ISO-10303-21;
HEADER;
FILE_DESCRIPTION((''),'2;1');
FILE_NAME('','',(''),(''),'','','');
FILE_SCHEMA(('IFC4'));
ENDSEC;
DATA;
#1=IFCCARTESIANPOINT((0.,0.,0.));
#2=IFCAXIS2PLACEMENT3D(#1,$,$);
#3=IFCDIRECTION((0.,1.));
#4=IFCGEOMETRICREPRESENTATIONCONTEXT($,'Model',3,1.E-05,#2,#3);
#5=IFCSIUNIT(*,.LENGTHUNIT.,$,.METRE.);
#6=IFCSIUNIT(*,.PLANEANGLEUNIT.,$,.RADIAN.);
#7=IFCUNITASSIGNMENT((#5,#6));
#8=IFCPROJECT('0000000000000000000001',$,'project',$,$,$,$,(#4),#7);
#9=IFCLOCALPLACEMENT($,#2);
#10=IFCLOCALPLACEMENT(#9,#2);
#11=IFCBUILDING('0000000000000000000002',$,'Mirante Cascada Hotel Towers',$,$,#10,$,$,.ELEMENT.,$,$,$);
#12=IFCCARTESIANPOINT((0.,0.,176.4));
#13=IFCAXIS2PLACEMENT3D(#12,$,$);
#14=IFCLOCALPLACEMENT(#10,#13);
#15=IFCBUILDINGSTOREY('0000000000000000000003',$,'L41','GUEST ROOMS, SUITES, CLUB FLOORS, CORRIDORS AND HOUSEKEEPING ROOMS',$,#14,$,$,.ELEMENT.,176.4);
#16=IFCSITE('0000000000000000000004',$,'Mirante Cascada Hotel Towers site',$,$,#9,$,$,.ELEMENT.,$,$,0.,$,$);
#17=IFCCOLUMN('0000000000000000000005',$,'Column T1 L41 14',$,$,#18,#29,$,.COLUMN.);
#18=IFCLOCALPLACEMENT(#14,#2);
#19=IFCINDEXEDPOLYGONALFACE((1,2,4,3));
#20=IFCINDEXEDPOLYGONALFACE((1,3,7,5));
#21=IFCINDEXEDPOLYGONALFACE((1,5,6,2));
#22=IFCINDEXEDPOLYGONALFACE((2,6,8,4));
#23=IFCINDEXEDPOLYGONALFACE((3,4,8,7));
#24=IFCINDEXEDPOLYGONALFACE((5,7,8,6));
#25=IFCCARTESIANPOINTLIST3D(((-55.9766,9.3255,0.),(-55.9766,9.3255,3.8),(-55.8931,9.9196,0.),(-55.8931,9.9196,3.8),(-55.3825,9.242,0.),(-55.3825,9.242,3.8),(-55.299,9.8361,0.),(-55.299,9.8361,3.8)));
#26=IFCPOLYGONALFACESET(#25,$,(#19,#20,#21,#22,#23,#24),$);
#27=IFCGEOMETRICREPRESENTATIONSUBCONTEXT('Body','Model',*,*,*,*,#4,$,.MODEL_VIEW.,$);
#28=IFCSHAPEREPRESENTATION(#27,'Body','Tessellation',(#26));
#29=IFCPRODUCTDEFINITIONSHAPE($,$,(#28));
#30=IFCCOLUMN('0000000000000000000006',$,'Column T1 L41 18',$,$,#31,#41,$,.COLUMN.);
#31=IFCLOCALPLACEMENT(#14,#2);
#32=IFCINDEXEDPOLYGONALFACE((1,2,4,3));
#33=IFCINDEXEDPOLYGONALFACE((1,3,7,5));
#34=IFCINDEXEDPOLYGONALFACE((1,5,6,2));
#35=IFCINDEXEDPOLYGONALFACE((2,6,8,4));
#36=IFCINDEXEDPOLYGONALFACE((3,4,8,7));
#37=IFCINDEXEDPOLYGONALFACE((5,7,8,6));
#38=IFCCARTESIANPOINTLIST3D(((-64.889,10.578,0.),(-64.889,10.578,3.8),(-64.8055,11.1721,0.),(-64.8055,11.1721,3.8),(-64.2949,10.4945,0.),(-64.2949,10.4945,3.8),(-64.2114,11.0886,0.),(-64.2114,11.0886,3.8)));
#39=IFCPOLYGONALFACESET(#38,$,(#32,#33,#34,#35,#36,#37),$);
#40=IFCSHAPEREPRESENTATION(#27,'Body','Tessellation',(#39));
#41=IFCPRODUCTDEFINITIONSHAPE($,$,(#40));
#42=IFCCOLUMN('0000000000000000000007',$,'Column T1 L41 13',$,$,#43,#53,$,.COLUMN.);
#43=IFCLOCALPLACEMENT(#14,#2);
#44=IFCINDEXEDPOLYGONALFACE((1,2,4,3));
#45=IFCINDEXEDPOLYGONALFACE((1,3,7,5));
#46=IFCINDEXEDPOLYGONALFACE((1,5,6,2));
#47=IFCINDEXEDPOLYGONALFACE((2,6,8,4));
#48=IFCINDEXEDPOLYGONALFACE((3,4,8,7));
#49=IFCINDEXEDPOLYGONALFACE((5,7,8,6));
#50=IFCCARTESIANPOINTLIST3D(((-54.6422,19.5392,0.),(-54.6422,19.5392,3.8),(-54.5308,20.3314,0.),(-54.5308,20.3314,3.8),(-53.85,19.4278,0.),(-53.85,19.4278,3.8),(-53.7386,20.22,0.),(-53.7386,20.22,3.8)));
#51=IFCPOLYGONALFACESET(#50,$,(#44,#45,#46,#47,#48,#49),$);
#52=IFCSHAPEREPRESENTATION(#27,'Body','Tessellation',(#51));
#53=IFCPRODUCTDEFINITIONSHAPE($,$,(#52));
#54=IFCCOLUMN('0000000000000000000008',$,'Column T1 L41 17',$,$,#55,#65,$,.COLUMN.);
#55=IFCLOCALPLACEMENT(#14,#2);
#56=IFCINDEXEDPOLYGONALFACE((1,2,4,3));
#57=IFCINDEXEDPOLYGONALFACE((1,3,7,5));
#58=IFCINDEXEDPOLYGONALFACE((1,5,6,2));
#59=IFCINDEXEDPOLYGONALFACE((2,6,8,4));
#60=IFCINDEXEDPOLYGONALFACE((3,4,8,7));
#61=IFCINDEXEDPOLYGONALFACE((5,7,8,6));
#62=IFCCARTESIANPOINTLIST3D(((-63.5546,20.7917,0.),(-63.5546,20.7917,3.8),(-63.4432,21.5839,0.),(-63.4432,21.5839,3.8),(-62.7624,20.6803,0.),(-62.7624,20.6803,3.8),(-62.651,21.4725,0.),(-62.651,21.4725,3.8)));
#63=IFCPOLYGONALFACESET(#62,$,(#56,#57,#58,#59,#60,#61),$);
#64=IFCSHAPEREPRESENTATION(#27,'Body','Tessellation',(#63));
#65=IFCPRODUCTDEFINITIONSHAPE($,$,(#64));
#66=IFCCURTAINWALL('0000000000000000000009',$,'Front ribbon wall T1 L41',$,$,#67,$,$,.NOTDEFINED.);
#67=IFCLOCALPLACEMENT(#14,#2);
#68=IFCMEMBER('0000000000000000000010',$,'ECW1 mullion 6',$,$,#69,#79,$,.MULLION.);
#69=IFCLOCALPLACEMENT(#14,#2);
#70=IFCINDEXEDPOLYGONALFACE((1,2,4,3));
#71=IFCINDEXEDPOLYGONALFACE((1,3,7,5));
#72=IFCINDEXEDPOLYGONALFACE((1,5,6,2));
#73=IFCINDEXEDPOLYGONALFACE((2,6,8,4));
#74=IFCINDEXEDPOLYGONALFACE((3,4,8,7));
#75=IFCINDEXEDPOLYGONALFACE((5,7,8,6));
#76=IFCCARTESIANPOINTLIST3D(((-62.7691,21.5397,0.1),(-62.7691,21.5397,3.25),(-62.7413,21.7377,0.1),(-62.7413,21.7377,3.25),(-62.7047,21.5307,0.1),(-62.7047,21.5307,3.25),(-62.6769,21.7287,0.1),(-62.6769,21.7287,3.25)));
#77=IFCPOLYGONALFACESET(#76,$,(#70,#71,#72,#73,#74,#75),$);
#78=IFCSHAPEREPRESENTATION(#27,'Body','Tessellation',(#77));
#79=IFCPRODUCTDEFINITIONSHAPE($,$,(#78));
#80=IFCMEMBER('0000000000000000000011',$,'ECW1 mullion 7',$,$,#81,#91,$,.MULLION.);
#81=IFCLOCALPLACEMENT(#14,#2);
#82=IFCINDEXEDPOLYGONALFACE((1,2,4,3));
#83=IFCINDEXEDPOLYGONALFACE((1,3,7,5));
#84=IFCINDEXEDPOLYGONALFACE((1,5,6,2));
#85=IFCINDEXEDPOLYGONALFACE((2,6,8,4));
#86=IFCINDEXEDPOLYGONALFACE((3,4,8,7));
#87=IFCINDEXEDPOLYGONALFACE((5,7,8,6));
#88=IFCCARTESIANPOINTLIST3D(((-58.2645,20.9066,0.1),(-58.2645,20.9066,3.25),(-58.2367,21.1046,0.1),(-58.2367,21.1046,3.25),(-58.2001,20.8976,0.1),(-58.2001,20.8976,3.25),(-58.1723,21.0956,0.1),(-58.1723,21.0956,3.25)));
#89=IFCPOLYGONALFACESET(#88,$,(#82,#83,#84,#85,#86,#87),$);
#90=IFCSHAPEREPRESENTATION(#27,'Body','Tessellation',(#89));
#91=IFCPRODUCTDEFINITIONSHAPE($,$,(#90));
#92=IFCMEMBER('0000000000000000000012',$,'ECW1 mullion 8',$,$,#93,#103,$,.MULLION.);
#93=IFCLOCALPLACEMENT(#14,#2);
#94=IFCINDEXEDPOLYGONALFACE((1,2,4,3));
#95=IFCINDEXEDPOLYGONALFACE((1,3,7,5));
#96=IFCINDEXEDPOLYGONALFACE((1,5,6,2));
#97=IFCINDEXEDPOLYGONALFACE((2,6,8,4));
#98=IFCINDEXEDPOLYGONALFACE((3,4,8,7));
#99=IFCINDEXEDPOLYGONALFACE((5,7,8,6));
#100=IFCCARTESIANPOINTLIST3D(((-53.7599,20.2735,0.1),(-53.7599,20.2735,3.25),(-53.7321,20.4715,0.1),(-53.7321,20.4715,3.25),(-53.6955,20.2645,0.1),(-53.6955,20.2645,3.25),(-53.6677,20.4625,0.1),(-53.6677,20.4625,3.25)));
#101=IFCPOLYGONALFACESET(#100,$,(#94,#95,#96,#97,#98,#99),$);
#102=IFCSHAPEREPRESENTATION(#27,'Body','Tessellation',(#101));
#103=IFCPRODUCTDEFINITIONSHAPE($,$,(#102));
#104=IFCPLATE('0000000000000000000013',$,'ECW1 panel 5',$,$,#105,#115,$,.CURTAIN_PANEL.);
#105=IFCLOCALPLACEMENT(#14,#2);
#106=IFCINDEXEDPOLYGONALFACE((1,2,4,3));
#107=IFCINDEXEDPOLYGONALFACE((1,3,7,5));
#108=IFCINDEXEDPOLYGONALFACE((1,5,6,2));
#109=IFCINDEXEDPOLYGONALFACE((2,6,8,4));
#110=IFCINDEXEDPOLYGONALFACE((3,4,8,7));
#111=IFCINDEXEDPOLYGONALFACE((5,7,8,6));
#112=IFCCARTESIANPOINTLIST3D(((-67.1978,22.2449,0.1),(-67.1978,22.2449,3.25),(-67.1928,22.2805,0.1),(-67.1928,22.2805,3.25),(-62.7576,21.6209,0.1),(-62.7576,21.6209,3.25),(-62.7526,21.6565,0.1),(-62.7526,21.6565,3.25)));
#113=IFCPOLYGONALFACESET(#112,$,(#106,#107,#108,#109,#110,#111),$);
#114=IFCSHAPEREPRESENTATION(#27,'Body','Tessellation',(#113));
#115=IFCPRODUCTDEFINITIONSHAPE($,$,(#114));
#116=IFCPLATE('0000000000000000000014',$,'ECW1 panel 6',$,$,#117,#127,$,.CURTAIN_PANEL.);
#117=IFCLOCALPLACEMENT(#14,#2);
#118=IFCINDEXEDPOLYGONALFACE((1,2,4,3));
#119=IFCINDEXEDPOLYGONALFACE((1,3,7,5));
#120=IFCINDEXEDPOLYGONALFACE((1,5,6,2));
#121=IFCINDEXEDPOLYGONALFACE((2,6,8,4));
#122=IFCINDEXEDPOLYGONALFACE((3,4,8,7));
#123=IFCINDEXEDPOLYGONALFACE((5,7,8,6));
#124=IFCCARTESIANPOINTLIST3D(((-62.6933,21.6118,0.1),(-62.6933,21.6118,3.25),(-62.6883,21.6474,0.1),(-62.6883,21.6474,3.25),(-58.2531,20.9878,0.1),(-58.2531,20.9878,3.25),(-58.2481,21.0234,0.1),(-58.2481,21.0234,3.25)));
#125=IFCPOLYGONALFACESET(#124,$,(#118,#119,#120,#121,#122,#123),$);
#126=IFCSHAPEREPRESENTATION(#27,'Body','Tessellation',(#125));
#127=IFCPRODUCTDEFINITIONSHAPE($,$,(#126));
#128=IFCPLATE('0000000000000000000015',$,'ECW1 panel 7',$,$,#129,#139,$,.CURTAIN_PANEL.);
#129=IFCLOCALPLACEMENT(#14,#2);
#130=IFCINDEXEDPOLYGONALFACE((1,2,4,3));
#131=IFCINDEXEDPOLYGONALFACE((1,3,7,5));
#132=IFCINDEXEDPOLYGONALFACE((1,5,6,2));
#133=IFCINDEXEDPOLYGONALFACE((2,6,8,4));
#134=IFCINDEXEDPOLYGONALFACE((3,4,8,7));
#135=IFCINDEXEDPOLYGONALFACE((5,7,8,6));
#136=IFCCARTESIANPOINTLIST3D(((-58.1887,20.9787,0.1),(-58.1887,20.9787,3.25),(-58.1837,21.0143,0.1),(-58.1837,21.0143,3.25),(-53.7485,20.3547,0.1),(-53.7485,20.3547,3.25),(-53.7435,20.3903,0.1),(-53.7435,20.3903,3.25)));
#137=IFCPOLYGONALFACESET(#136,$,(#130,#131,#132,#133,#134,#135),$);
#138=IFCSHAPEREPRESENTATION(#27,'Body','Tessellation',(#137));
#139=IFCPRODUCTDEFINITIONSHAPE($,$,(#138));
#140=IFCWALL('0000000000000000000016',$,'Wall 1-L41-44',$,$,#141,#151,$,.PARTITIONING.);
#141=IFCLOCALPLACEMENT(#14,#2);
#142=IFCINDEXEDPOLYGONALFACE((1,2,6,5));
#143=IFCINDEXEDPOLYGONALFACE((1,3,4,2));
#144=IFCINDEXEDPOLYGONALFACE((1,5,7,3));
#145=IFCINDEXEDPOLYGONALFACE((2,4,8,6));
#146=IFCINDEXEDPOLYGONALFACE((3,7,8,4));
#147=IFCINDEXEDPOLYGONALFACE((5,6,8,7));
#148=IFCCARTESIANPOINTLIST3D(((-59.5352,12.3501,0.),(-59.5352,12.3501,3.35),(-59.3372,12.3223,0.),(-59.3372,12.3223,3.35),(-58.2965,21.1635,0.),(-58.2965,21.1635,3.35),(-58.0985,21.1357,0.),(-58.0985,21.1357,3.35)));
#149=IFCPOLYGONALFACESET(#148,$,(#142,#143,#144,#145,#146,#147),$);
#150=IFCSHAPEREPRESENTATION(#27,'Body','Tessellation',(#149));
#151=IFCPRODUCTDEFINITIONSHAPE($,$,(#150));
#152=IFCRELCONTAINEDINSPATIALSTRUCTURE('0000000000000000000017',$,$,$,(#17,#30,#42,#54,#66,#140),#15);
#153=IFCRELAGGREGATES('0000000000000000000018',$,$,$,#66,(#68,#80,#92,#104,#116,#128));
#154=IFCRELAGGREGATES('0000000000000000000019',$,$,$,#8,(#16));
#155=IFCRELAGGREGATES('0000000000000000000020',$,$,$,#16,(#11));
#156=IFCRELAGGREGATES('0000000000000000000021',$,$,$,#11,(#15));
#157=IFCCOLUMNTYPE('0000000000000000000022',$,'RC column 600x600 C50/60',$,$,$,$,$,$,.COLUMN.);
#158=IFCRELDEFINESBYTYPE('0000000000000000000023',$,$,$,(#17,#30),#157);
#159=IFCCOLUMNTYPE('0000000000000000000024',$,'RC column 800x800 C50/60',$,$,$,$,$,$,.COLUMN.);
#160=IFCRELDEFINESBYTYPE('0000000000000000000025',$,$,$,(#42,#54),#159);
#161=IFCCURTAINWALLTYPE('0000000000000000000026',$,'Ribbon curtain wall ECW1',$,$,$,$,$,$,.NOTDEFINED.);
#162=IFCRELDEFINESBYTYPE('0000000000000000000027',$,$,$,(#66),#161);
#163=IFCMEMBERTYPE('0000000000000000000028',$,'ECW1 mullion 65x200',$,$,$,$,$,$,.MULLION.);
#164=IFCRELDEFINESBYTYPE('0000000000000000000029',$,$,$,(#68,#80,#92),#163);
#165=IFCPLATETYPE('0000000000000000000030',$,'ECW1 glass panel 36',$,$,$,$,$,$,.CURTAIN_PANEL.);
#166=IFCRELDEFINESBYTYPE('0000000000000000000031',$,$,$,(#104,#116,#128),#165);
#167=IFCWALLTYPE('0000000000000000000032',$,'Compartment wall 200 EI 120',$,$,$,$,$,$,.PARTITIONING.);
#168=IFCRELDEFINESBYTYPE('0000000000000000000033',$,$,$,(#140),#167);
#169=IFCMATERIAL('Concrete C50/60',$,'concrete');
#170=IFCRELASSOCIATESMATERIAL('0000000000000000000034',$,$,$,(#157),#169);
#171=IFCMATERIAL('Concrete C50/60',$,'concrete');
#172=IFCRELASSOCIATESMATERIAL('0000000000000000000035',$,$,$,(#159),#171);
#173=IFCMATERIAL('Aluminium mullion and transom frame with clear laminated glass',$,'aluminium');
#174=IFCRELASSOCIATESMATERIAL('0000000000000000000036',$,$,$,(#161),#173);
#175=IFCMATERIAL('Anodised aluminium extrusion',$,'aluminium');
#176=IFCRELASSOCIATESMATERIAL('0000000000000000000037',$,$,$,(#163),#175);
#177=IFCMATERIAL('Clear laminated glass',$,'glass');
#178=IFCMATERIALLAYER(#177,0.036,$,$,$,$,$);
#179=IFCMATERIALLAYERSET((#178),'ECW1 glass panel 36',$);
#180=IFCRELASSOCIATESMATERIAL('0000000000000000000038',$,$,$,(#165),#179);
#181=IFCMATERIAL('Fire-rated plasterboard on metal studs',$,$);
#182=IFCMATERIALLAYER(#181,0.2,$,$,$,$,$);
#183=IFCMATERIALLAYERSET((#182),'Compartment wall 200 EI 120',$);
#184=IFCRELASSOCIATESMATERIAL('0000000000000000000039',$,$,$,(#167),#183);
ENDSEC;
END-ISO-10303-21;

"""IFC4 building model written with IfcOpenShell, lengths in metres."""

from ifc_helpers import new_model, si_unit, direction, frame, frame_2d, origin, origin_2d, place, context, subcontext, project, spatial, rectangle, extrude, material, layer, layer_set, material_profile, profile_set, type_object, element, aggregate, save


model = new_model("IFC4")

# Units and contexts
model_context = context("Model", 3, precision=1e-05, world=origin(), true_north=direction((0.0, 1.0)))
body_context = subcontext(model_context, "Body", "Model", "MODEL_VIEW")
ifc_project = project(units=[si_unit("LENGTHUNIT", "METRE"), si_unit("PLANEANGLEUNIT", "RADIAN")], contexts=[model_context])

# Site, building, storey
site_placement = place(None, origin())
site = spatial("IfcSite", under=ifc_project, at=site_placement, Name="Mirante Cascada Hotel Towers site", CompositionType="ELEMENT", RefElevation=0.0)
building_placement = place(site_placement, origin())
building = spatial("IfcBuilding", under=site, at=building_placement, Name="Mirante Cascada Hotel Towers", CompositionType="ELEMENT")
storey_placement = place(building_placement, frame((0.0, 0.0, 176.4)))
storey = spatial("IfcBuildingStorey", under=building, at=storey_placement, Name="L41", Description="GUEST ROOMS, SUITES, CLUB FLOORS, CORRIDORS AND HOUSEKEEPING ROOMS", CompositionType="ELEMENT", Elevation=176.4)

# Columns
ifc_material_1 = material(Name="Concrete C50/60", Category="concrete")
ifc_material_profile_1 = material_profile(ifc_material_1, rectangle(XDim=0.6, YDim=0.6, at=origin_2d()), Name="RC column 600x600 C50/60")
ifc_profile_set_1 = profile_set([ifc_material_profile_1], Name="Concrete C50/60")
column_type_1 = type_object("IfcColumnType", Name="RC column 600x600 C50/60", PredefinedType="COLUMN", material=ifc_profile_set_1)
for number, where, z_axis, x_axis, name in (
    (1, (-55.6378, 9.5808, 0.0), (0.0, 0.0, 1.0), (-0.990268, 0.139173, 0.0), "Column T1 L41 14"),
    (2, (-64.5502, 10.8333, 0.0), (0.0, 0.0, 1.0), (-0.990268, 0.139173, 0.0), "Column T1 L41 18"),
):
    element("IfcColumn", number, at=place(storey_placement, frame(where, z_axis=z_axis, x_axis=x_axis)), inside=storey, type_object=column_type_1, Name=name, PredefinedType="COLUMN", context=body_context, shape_type="SweptSolid", body=[
        extrude(rectangle(XDim=0.6, YDim=0.6, at=origin_2d()), origin(), (0.0, 0.0, 1.0), 3.8),
    ])
ifc_material_2 = material(Name="Concrete C50/60", Category="concrete")
ifc_material_profile_2 = material_profile(ifc_material_2, rectangle(XDim=0.8, YDim=0.8, at=origin_2d()), Name="RC column 800x800 C50/60")
ifc_profile_set_2 = profile_set([ifc_material_profile_2], Name="Concrete C50/60")
column_type_2 = type_object("IfcColumnType", Name="RC column 800x800 C50/60", PredefinedType="COLUMN", material=ifc_profile_set_2)
for number, where, z_axis, x_axis, name in (
    (3, (-54.1904, 19.8796, 0.0), (0.0, 0.0, 1.0), (-0.990268, 0.139173, 0.0), "Column T1 L41 13"),
    (4, (-63.1028, 21.1321, 0.0), (0.0, 0.0, 1.0), (-0.990268, 0.139173, 0.0), "Column T1 L41 17"),
):
    element("IfcColumn", number, at=place(storey_placement, frame(where, z_axis=z_axis, x_axis=x_axis)), inside=storey, type_object=column_type_2, Name=name, PredefinedType="COLUMN", context=body_context, shape_type="SweptSolid", body=[
        extrude(rectangle(XDim=0.8, YDim=0.8, at=origin_2d()), origin(), (0.0, 0.0, 1.0), 3.8),
    ])

# Curtain wall, members, plates
ifc_material_3 = material(Name="Aluminium mullion and transom frame with clear laminated glass", Category="aluminium")
curtain_wall_type = type_object("IfcCurtainWallType", Name="Ribbon curtain wall ECW1", PredefinedType="NOTDEFINED", material=ifc_material_3)
curtain_wall_placement = place(storey_placement, origin())
curtain_wall = element("IfcCurtainWall", 5, at=curtain_wall_placement, inside=storey, type_object=curtain_wall_type, Name="Front ribbon wall T1 L41", PredefinedType="NOTDEFINED")
ifc_material_4 = material(Name="Anodised aluminium extrusion", Category="aluminium")
ifc_material_profile_3 = material_profile(ifc_material_4, rectangle(XDim=0.2, YDim=0.065, at=origin_2d()), Name="ECW1 MULLION 65x200")
ifc_profile_set_3 = profile_set([ifc_material_profile_3], Name="Anodised aluminium extrusion")
member_type = type_object("IfcMemberType", Name="ECW1 mullion 65x200", PredefinedType="MULLION", material=ifc_profile_set_3)
member_1_placement = place(storey_placement, frame((-62.723, 21.6342, 0.1), z_axis=(0.0, 0.0, 1.0), x_axis=(0.139173, 0.990268, 0.0)))
member_1 = element("IfcMember", 6, at=member_1_placement, type_object=member_type, Name="ECW1 mullion 6", PredefinedType="MULLION", context=body_context, shape_type="SweptSolid", body=[
    extrude(rectangle(XDim=0.2, YDim=0.065, at=origin_2d()), origin(), (0.0, 0.0, 1.0), 3.15),
])
member_2_placement = place(storey_placement, frame((-58.2184, 21.0011, 0.1), z_axis=(0.0, 0.0, 1.0), x_axis=(0.139173, 0.990268, 0.0)))
member_2 = element("IfcMember", 7, at=member_2_placement, type_object=member_type, Name="ECW1 mullion 7", PredefinedType="MULLION", context=body_context, shape_type="SweptSolid", body=[
    extrude(rectangle(XDim=0.2, YDim=0.065, at=origin_2d()), origin(), (0.0, 0.0, 1.0), 3.15),
])
member_3_placement = place(storey_placement, frame((-53.7138, 20.368, 0.1), z_axis=(0.0, 0.0, 1.0), x_axis=(0.139173, 0.990268, 0.0)))
member_3 = element("IfcMember", 8, at=member_3_placement, type_object=member_type, Name="ECW1 mullion 8", PredefinedType="MULLION", context=body_context, shape_type="SweptSolid", body=[
    extrude(rectangle(XDim=0.2, YDim=0.065, at=origin_2d()), origin(), (0.0, 0.0, 1.0), 3.15),
])
ifc_material_5 = material(Name="Clear laminated glass", Category="glass")
ifc_layer_1 = layer(ifc_material_5, 0.036)
ifc_layer_set_1 = layer_set([ifc_layer_1], Name="ECW1 glass panel 36")
plate_type = type_object("IfcPlateType", Name="ECW1 glass panel 36", PredefinedType="CURTAIN_PANEL", material=ifc_layer_set_1)
plate_1_placement = place(storey_placement, frame((-64.9752, 21.9507, 0.1), z_axis=(0.0, 0.0, 1.0), x_axis=(0.990268, -0.139173, 0.0)))
plate_1 = element("IfcPlate", 9, at=plate_1_placement, type_object=plate_type, Name="ECW1 panel 5", PredefinedType="CURTAIN_PANEL", context=body_context, shape_type="SweptSolid", body=[
    extrude(rectangle(XDim=4.4838, YDim=0.036, at=origin_2d()), origin(), (0.0, 0.0, 1.0), 3.15),
])
plate_2_placement = place(storey_placement, frame((-60.4707, 21.3176, 0.1), z_axis=(0.0, 0.0, 1.0), x_axis=(0.990268, -0.139173, 0.0)))
plate_2 = element("IfcPlate", 10, at=plate_2_placement, type_object=plate_type, Name="ECW1 panel 6", PredefinedType="CURTAIN_PANEL", context=body_context, shape_type="SweptSolid", body=[
    extrude(rectangle(XDim=4.4838, YDim=0.036, at=origin_2d()), origin(), (0.0, 0.0, 1.0), 3.15),
])
plate_3_placement = place(storey_placement, frame((-55.9661, 20.6845, 0.1), z_axis=(0.0, 0.0, 1.0), x_axis=(0.990268, -0.139173, 0.0)))
plate_3 = element("IfcPlate", 11, at=plate_3_placement, type_object=plate_type, Name="ECW1 panel 7", PredefinedType="CURTAIN_PANEL", context=body_context, shape_type="SweptSolid", body=[
    extrude(rectangle(XDim=4.4838, YDim=0.036, at=origin_2d()), origin(), (0.0, 0.0, 1.0), 3.15),
])
aggregate(curtain_wall, [member_1, member_2, member_3, plate_1, plate_2, plate_3])

# Wall
ifc_material_6 = material(Name="Fire-rated plasterboard on metal studs")
ifc_layer_2 = layer(ifc_material_6, 0.2)
ifc_layer_set_2 = layer_set([ifc_layer_2], Name="Compartment wall 200 EI 120")
wall_type_1 = type_object("IfcWallType", Name="Compartment wall 200 EI 120", PredefinedType="PARTITIONING", material=ifc_layer_set_2)
wall_1_placement = place(storey_placement, frame((-59.4362, 12.3362, 0.0), z_axis=(0.0, 0.0, 1.0), x_axis=(0.139179, 0.990267, 0.0)))
element("IfcWall", 12, at=wall_1_placement, inside=storey, type_object=wall_type_1, Name="Wall 1-L41-44", PredefinedType="PARTITIONING", context=body_context, shape_type="SweptSolid", body=[
    extrude(rectangle(XDim=8.9, YDim=0.2, at=frame_2d((4.45, 0.0))), origin(), (0.0, 0.0, 1.0), 3.35),
])

save(model, "model.ifc")
